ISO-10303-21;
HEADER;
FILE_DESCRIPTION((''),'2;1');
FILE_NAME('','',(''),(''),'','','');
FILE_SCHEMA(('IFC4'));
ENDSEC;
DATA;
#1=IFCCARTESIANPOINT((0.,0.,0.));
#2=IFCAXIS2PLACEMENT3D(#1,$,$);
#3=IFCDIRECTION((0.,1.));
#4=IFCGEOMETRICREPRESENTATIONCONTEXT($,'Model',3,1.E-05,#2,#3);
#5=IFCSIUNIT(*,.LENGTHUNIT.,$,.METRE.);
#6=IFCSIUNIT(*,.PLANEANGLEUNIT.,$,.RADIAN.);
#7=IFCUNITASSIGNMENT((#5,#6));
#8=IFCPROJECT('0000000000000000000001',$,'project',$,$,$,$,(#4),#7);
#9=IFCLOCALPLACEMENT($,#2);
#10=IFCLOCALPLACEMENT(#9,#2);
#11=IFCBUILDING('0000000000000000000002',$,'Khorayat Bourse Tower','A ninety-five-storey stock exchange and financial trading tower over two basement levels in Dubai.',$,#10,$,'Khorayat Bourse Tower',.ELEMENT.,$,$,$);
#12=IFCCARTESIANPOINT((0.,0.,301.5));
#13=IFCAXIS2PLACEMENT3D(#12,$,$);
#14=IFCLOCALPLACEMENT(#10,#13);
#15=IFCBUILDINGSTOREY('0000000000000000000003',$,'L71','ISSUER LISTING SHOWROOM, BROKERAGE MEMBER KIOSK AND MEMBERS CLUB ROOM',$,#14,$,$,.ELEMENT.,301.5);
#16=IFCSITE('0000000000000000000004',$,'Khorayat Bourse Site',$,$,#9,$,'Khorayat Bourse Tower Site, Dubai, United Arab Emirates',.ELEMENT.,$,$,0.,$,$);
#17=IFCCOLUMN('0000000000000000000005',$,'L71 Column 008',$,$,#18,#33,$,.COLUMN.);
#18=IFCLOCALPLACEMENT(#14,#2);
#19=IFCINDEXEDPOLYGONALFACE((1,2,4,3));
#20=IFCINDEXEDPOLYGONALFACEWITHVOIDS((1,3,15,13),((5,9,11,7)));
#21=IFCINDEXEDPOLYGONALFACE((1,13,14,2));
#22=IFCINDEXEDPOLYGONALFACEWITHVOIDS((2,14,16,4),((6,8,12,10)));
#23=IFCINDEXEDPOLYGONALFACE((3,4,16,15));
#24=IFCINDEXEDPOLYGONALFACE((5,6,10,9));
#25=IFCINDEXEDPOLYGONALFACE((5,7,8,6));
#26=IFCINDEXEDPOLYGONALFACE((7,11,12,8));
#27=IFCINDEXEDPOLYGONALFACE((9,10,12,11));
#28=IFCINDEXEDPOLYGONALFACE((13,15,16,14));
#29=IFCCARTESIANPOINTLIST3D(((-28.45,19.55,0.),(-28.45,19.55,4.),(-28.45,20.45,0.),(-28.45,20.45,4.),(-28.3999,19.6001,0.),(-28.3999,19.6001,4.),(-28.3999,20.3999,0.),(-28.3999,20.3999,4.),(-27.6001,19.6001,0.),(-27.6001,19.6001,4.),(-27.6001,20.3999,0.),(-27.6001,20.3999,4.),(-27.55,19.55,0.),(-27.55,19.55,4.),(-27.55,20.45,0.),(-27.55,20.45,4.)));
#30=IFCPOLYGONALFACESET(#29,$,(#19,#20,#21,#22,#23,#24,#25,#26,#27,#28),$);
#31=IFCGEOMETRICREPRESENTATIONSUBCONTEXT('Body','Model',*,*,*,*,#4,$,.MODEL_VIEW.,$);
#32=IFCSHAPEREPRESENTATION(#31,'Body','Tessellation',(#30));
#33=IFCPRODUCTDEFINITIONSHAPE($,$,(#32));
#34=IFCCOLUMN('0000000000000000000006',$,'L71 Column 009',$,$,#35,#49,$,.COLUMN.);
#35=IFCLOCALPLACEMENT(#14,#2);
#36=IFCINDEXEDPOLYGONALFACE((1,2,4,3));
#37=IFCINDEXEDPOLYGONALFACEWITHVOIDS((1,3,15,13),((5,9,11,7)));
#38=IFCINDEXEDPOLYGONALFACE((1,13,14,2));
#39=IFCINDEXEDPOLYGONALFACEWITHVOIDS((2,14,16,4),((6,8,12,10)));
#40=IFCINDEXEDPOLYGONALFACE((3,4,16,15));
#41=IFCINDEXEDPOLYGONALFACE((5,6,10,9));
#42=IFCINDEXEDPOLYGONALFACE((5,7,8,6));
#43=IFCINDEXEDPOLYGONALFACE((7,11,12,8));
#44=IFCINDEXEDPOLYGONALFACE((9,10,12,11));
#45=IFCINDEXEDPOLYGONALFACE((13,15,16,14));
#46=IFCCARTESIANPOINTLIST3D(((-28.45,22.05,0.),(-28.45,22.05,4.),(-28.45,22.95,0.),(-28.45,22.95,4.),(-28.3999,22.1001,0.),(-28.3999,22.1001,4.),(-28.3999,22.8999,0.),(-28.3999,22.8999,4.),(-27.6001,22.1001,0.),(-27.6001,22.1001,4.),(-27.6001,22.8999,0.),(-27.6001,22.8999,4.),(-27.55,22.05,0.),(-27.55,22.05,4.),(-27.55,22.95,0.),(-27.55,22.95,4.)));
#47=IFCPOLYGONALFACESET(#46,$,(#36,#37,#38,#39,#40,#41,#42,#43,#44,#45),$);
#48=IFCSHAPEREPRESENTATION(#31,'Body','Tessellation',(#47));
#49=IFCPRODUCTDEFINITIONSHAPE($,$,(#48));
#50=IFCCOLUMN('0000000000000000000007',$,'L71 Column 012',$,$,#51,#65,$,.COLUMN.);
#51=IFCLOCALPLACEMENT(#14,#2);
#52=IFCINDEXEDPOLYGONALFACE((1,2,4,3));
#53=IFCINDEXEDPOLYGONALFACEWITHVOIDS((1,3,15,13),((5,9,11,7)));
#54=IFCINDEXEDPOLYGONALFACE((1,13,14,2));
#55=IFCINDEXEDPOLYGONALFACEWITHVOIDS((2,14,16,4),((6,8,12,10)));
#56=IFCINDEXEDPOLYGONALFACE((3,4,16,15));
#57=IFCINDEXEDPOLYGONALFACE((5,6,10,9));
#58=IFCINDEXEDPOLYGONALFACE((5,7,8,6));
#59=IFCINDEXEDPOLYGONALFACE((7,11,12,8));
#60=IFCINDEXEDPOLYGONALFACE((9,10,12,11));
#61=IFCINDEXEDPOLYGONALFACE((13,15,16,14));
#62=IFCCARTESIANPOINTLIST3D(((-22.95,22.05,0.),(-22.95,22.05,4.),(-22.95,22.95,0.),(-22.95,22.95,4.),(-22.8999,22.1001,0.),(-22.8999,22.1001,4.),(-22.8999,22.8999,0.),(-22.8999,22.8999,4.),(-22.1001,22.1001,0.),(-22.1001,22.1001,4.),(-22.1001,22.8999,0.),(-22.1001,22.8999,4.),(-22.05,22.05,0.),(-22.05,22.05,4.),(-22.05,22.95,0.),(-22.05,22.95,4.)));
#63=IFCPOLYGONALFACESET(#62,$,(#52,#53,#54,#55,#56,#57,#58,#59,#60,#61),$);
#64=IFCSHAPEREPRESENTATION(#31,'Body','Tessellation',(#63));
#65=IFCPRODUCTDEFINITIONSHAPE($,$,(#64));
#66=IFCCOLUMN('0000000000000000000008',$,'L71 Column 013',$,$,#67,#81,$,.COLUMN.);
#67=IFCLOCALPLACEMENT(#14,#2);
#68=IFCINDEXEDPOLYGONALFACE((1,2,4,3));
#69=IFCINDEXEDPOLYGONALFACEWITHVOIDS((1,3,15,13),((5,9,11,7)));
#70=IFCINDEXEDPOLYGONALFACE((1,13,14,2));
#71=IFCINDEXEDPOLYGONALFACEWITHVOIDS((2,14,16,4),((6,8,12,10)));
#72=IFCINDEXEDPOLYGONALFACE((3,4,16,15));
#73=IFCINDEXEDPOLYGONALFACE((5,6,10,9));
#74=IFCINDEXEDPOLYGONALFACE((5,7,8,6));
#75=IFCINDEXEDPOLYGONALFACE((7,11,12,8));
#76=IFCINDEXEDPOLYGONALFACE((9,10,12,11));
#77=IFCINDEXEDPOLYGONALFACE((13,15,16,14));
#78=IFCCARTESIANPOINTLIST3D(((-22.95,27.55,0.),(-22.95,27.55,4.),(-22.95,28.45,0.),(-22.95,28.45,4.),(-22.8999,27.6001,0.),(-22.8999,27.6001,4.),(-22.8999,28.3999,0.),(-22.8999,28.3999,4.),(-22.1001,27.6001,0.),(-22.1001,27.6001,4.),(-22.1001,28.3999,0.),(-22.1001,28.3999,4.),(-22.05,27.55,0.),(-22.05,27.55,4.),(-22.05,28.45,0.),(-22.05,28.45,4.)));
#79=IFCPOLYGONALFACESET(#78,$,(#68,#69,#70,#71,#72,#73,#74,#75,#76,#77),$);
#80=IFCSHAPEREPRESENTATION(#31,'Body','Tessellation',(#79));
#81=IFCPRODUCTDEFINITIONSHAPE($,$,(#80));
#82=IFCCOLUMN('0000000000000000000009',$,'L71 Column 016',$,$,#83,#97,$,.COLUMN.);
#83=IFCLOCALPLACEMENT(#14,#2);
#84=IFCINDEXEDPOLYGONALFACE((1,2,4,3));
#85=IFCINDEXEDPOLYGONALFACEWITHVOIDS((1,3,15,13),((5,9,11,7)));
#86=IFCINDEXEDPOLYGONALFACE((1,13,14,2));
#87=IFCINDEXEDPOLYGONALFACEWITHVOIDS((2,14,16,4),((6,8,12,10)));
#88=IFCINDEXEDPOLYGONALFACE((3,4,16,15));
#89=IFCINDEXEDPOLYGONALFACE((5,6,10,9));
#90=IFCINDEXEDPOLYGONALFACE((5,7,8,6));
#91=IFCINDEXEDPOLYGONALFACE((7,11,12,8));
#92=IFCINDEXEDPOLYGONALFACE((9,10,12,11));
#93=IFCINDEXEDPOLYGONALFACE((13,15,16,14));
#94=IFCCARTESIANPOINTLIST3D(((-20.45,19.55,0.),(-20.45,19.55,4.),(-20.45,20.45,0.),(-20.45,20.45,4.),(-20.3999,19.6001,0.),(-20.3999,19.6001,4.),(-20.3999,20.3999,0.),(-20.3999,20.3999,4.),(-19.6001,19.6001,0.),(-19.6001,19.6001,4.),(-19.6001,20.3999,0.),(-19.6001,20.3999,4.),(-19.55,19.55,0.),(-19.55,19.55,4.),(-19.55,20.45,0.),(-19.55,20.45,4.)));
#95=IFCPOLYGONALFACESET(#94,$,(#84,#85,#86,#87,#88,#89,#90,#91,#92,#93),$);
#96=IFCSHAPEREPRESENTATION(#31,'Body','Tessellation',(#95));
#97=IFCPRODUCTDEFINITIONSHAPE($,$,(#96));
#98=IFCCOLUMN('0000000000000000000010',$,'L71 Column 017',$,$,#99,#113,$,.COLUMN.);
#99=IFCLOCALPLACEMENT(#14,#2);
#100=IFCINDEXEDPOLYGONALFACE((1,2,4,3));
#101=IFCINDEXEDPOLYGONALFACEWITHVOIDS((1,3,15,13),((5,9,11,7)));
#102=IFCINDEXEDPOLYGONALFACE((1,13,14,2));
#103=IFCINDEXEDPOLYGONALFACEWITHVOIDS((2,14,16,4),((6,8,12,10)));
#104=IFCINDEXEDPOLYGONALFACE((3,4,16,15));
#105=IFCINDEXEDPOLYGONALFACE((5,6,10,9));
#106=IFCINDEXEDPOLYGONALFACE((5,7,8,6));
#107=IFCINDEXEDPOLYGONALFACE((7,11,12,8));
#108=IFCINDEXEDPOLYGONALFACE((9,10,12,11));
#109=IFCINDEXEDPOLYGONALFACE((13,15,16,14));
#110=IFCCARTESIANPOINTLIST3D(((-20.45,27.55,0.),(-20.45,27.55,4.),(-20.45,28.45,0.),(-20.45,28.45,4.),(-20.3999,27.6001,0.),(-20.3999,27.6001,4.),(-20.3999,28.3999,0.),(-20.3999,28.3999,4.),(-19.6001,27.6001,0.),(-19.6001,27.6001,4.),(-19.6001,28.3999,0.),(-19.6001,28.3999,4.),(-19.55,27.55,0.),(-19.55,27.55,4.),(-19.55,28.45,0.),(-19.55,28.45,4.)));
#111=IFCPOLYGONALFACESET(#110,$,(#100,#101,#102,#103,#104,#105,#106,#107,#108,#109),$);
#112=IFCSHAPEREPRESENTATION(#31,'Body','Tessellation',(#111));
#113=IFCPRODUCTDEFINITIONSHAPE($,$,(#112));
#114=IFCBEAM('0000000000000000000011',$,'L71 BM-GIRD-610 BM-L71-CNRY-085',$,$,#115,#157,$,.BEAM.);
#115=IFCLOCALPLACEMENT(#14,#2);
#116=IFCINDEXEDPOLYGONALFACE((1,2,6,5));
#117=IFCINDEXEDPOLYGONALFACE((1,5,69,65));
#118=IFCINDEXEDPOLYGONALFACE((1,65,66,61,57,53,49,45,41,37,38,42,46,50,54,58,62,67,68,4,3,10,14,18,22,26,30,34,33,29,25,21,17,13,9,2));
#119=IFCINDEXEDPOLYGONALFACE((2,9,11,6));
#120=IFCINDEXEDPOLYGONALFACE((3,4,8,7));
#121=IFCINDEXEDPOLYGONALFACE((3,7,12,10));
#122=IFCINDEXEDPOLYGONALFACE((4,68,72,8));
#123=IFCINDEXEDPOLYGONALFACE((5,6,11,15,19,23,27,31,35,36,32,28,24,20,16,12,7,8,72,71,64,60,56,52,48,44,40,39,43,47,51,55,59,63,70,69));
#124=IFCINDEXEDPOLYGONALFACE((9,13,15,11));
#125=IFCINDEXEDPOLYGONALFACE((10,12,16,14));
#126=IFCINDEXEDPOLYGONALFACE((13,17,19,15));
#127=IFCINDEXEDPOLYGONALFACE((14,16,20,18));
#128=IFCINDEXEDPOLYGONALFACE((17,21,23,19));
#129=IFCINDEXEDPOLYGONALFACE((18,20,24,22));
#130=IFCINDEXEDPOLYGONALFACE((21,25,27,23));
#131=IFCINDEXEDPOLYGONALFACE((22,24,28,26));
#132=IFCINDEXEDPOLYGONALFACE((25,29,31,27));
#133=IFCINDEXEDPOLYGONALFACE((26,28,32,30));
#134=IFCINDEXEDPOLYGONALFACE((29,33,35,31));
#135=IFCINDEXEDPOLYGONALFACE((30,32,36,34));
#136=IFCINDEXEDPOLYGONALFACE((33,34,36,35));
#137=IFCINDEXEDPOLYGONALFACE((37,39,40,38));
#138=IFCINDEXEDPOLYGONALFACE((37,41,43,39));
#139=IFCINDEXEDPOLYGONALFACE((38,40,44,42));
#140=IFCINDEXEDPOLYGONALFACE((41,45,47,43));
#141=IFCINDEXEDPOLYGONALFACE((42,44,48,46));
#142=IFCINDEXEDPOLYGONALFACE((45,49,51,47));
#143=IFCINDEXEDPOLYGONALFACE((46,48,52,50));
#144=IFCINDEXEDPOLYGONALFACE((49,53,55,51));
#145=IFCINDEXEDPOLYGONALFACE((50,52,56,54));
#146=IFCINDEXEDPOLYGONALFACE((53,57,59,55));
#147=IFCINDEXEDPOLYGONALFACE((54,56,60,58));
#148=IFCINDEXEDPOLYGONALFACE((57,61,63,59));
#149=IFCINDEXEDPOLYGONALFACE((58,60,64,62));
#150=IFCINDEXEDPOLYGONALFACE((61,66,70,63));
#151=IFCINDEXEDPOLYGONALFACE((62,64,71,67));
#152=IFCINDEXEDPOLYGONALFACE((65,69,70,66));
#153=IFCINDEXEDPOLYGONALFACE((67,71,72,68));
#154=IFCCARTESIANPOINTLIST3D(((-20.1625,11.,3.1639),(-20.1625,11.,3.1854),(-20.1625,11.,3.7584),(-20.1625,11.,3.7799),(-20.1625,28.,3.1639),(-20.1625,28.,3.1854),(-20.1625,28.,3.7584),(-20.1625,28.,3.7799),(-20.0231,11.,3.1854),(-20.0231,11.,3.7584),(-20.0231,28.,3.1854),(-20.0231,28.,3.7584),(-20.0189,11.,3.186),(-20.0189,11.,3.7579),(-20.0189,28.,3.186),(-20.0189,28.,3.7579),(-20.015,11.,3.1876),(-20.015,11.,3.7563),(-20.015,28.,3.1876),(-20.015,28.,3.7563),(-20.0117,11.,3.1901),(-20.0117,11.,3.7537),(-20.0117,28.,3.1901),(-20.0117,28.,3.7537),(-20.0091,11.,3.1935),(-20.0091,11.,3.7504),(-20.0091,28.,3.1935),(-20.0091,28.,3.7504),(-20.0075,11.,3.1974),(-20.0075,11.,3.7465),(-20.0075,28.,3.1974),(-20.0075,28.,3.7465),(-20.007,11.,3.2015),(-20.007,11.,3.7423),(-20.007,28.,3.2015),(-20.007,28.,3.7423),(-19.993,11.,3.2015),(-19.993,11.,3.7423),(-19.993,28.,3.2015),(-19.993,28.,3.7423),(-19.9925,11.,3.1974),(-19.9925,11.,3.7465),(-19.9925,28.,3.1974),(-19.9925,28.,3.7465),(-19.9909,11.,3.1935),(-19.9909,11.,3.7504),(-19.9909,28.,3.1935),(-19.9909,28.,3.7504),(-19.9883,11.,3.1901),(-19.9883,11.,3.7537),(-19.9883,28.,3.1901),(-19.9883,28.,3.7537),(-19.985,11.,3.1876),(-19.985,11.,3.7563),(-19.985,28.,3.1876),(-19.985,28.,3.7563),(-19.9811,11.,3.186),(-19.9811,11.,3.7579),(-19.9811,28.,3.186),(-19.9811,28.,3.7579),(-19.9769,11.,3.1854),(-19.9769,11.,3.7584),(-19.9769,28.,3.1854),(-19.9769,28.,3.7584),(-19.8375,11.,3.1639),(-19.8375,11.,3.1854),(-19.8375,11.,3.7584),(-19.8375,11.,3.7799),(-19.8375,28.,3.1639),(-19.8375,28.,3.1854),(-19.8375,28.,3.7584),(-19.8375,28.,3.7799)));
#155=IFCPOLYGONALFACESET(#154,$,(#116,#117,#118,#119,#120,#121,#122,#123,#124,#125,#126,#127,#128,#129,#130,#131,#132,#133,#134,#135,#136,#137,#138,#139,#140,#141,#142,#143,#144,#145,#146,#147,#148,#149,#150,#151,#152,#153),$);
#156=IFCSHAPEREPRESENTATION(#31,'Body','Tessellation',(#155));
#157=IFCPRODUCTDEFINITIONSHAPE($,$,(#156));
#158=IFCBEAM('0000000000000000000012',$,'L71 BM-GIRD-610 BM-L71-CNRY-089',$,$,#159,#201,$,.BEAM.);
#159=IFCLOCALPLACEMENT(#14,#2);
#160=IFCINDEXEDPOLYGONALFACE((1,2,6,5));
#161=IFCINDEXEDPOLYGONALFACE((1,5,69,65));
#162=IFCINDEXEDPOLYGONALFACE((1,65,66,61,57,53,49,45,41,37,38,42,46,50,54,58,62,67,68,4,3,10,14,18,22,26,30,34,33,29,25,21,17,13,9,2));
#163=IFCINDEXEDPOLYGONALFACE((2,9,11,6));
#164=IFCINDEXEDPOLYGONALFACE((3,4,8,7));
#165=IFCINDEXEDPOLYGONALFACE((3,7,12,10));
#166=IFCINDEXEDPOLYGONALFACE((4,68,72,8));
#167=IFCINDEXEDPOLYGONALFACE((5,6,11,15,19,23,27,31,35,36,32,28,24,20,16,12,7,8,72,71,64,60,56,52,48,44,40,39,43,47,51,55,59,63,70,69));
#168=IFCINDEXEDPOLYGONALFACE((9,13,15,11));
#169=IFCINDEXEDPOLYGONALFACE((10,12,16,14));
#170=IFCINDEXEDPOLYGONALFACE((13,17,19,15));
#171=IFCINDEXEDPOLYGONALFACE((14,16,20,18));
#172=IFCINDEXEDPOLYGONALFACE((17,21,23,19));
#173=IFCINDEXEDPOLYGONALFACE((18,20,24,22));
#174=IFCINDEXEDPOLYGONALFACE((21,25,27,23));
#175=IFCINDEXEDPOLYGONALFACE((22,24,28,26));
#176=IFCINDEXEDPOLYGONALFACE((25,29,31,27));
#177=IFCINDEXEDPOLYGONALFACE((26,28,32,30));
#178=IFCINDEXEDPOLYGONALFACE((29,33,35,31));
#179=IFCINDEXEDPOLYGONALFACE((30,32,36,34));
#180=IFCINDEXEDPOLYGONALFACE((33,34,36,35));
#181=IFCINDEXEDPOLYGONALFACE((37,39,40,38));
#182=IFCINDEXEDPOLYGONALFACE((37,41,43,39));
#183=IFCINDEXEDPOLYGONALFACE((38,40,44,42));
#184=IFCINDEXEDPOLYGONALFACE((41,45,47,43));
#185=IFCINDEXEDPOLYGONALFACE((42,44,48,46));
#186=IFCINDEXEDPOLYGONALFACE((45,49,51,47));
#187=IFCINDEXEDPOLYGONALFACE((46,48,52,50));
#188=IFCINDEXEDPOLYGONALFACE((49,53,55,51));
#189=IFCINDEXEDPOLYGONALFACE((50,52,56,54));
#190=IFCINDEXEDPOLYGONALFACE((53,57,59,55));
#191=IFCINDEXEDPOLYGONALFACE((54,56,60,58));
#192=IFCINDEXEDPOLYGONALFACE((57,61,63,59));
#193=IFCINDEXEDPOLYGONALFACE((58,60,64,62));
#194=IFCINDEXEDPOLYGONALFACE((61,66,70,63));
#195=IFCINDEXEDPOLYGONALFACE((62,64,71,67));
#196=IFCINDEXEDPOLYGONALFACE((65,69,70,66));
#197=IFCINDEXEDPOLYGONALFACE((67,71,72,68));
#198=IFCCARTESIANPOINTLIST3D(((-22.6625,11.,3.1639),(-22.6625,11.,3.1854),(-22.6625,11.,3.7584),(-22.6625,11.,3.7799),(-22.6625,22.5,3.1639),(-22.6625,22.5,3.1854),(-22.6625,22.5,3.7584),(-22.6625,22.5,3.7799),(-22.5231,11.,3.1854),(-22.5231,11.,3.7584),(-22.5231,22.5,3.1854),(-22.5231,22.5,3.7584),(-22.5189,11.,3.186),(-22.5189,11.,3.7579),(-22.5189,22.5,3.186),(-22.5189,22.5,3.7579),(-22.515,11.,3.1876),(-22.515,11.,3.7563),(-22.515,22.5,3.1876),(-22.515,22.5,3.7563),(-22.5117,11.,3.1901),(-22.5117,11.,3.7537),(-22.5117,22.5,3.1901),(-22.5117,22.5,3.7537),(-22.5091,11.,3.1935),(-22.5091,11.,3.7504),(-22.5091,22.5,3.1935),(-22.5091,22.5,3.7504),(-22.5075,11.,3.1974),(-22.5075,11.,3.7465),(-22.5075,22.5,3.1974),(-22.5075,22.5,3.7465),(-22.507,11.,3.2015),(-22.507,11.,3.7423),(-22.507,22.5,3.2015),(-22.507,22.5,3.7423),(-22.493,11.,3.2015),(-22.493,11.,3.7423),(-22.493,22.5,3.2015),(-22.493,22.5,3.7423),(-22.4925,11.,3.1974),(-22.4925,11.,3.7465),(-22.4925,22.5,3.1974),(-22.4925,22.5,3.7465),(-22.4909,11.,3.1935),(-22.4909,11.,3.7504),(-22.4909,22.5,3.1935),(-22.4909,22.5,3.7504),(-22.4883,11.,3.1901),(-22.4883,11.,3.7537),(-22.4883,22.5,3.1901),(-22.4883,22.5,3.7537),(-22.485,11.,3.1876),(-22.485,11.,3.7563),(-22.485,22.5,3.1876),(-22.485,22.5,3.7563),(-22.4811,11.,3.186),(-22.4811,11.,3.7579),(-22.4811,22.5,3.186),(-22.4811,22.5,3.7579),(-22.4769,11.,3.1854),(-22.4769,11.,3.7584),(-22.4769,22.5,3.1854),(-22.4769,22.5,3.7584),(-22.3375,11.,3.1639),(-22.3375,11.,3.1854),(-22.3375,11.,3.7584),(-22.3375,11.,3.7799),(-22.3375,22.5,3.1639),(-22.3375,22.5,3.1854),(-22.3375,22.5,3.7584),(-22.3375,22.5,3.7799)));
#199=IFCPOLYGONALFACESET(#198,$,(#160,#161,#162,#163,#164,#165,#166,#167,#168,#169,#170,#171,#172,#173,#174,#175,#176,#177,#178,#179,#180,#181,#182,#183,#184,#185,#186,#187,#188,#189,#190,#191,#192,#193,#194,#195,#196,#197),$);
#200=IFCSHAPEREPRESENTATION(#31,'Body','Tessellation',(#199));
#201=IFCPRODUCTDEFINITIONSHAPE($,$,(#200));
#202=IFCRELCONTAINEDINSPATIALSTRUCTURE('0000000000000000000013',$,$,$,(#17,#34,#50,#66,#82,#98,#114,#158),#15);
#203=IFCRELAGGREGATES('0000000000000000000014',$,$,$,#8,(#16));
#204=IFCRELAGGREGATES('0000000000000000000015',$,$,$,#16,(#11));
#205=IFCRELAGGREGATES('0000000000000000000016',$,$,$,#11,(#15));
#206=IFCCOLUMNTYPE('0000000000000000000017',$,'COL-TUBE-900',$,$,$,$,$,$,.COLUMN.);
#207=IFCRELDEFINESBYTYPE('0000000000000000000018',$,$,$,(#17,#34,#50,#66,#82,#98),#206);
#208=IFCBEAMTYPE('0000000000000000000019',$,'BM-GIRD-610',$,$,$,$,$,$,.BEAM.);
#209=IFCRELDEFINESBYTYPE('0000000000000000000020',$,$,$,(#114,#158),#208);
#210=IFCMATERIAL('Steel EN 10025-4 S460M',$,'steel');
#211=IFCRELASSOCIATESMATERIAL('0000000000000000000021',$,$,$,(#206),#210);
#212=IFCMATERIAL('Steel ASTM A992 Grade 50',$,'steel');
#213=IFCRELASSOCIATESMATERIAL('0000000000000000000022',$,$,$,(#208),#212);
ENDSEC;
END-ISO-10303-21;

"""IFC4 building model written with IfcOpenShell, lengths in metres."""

from ifc_helpers import new_model, si_unit, direction, frame, origin, origin_2d, place, context, subcontext, project, spatial, hollow_rectangle, i_section, extrude, source, transform, mapped, material, material_profile, profile_set, type_object, element, save


model = new_model("IFC4")

# Units and contexts
model_context = context("Model", 3, precision=1e-05, world=origin(), true_north=direction((0.0, 1.0)))
body_context = subcontext(model_context, "Body", "Model", "MODEL_VIEW")
ifc_project = project(units=[si_unit("LENGTHUNIT", "METRE"), si_unit("PLANEANGLEUNIT", "RADIAN")], contexts=[model_context])

# Site, building, storey
site_placement = place(None, origin())
site = spatial("IfcSite", under=ifc_project, at=site_placement, Name="Khorayat Bourse Site", LongName="Khorayat Bourse Tower Site, Dubai, United Arab Emirates", CompositionType="ELEMENT", RefElevation=0.0)
building_placement = place(site_placement, origin())
building = spatial("IfcBuilding", under=site, at=building_placement, Name="Khorayat Bourse Tower", Description="A ninety-five-storey stock exchange and financial trading tower over two basement levels in Dubai.", LongName="Khorayat Bourse Tower", CompositionType="ELEMENT")
storey_placement = place(building_placement, frame((0.0, 0.0, 301.5)))
storey = spatial("IfcBuildingStorey", under=building, at=storey_placement, Name="L71", Description="ISSUER LISTING SHOWROOM, BROKERAGE MEMBER KIOSK AND MEMBERS CLUB ROOM", CompositionType="ELEMENT", Elevation=301.5)

# Columns
ifc_material_1 = material(Name="Steel EN 10025-4 S460M", Category="steel")
ifc_material_profile_1 = material_profile(ifc_material_1, hollow_rectangle(XDim=0.8999, YDim=0.8999, WallThickness=0.05, at=origin_2d()), Name="BOX 900x900x50")
ifc_profile_set_1 = profile_set([ifc_material_profile_1], Name="Steel EN 10025-4 S460M")
column_type = type_object("IfcColumnType", Name="COL-TUBE-900", PredefinedType="COLUMN", material=ifc_profile_set_1)
shared_shape_1 = source(origin(), body_context, "Body", "SweptSolid", [
    extrude(hollow_rectangle(XDim=0.8999, YDim=0.8999, WallThickness=0.05, at=origin_2d()), origin(), (0.0, 0.0, 1.0), 4.0),
])
for number, where, z_axis, x_axis, name in (
    (1, (-28.0, 20.0, 0.0), (0.0, 0.0, 1.0), (1.0, 0.0, 0.0), "L71 Column 008"),
    (2, (-28.0, 22.5, 0.0), (0.0, 0.0, 1.0), (1.0, 0.0, 0.0), "L71 Column 009"),
    (3, (-22.5, 22.5, 0.0), (0.0, 0.0, 1.0), (1.0, 0.0, 0.0), "L71 Column 012"),
    (4, (-22.5, 28.0, 0.0), (0.0, 0.0, 1.0), (1.0, 0.0, 0.0), "L71 Column 013"),
    (5, (-20.0, 20.0, 0.0), (0.0, 0.0, 1.0), (1.0, 0.0, 0.0), "L71 Column 016"),
    (6, (-20.0, 28.0, 0.0), (0.0, 0.0, 1.0), (1.0, 0.0, 0.0), "L71 Column 017"),
):
    element("IfcColumn", number, at=place(storey_placement, frame(where, z_axis=z_axis, x_axis=x_axis)), inside=storey, type_object=column_type, Name=name, PredefinedType="COLUMN", context=body_context, shape_type="MappedRepresentation", body=[
        mapped(shared_shape_1, transform((0.0, 0.0, 0.0), scale=1.0)),
    ])

# Beams
ifc_material_2 = material(Name="Steel ASTM A992 Grade 50", Category="steel")
ifc_material_profile_2 = material_profile(ifc_material_2, i_section(OverallWidth=0.325, OverallDepth=0.616, WebThickness=0.0139, FlangeThickness=0.0215, FilletRadius=0.0161, at=origin_2d()), Name="W610X174")
ifc_profile_set_2 = profile_set([ifc_material_profile_2], Name="Steel ASTM A992 Grade 50")
beam_type_1 = type_object("IfcBeamType", Name="BM-GIRD-610", PredefinedType="BEAM", material=ifc_profile_set_2)
shared_shape_2 = source(origin(), body_context, "Body", "SweptSolid", [
    extrude(i_section(OverallWidth=0.325, OverallDepth=0.616, WebThickness=0.0139, FlangeThickness=0.0215, FilletRadius=0.0161, at=origin_2d()), origin(), (0.0, 0.0, 1.0), 17.0),
])
beam_1_placement = place(storey_placement, frame((-20.0, 11.0, 3.4719), z_axis=(0.0, 1.0, 0.0), x_axis=(-1.0, 0.0, 0.0)))
element("IfcBeam", 7, at=beam_1_placement, inside=storey, type_object=beam_type_1, Name="L71 BM-GIRD-610 BM-L71-CNRY-085", PredefinedType="BEAM", context=body_context, shape_type="MappedRepresentation", body=[
    mapped(shared_shape_2, transform((0.0, 0.0, 0.0), scale=1.0)),
])
shared_shape_3 = source(origin(), body_context, "Body", "SweptSolid", [
    extrude(i_section(OverallWidth=0.325, OverallDepth=0.616, WebThickness=0.0139, FlangeThickness=0.0215, FilletRadius=0.0161, at=origin_2d()), origin(), (0.0, 0.0, 1.0), 11.5),
])
beam_2_placement = place(storey_placement, frame((-22.5, 11.0, 3.4719), z_axis=(0.0, 1.0, 0.0), x_axis=(-1.0, 0.0, 0.0)))
element("IfcBeam", 8, at=beam_2_placement, inside=storey, type_object=beam_type_1, Name="L71 BM-GIRD-610 BM-L71-CNRY-089", PredefinedType="BEAM", context=body_context, shape_type="MappedRepresentation", body=[
    mapped(shared_shape_3, transform((0.0, 0.0, 0.0), scale=1.0)),
])

save(model, "model.ifc")
